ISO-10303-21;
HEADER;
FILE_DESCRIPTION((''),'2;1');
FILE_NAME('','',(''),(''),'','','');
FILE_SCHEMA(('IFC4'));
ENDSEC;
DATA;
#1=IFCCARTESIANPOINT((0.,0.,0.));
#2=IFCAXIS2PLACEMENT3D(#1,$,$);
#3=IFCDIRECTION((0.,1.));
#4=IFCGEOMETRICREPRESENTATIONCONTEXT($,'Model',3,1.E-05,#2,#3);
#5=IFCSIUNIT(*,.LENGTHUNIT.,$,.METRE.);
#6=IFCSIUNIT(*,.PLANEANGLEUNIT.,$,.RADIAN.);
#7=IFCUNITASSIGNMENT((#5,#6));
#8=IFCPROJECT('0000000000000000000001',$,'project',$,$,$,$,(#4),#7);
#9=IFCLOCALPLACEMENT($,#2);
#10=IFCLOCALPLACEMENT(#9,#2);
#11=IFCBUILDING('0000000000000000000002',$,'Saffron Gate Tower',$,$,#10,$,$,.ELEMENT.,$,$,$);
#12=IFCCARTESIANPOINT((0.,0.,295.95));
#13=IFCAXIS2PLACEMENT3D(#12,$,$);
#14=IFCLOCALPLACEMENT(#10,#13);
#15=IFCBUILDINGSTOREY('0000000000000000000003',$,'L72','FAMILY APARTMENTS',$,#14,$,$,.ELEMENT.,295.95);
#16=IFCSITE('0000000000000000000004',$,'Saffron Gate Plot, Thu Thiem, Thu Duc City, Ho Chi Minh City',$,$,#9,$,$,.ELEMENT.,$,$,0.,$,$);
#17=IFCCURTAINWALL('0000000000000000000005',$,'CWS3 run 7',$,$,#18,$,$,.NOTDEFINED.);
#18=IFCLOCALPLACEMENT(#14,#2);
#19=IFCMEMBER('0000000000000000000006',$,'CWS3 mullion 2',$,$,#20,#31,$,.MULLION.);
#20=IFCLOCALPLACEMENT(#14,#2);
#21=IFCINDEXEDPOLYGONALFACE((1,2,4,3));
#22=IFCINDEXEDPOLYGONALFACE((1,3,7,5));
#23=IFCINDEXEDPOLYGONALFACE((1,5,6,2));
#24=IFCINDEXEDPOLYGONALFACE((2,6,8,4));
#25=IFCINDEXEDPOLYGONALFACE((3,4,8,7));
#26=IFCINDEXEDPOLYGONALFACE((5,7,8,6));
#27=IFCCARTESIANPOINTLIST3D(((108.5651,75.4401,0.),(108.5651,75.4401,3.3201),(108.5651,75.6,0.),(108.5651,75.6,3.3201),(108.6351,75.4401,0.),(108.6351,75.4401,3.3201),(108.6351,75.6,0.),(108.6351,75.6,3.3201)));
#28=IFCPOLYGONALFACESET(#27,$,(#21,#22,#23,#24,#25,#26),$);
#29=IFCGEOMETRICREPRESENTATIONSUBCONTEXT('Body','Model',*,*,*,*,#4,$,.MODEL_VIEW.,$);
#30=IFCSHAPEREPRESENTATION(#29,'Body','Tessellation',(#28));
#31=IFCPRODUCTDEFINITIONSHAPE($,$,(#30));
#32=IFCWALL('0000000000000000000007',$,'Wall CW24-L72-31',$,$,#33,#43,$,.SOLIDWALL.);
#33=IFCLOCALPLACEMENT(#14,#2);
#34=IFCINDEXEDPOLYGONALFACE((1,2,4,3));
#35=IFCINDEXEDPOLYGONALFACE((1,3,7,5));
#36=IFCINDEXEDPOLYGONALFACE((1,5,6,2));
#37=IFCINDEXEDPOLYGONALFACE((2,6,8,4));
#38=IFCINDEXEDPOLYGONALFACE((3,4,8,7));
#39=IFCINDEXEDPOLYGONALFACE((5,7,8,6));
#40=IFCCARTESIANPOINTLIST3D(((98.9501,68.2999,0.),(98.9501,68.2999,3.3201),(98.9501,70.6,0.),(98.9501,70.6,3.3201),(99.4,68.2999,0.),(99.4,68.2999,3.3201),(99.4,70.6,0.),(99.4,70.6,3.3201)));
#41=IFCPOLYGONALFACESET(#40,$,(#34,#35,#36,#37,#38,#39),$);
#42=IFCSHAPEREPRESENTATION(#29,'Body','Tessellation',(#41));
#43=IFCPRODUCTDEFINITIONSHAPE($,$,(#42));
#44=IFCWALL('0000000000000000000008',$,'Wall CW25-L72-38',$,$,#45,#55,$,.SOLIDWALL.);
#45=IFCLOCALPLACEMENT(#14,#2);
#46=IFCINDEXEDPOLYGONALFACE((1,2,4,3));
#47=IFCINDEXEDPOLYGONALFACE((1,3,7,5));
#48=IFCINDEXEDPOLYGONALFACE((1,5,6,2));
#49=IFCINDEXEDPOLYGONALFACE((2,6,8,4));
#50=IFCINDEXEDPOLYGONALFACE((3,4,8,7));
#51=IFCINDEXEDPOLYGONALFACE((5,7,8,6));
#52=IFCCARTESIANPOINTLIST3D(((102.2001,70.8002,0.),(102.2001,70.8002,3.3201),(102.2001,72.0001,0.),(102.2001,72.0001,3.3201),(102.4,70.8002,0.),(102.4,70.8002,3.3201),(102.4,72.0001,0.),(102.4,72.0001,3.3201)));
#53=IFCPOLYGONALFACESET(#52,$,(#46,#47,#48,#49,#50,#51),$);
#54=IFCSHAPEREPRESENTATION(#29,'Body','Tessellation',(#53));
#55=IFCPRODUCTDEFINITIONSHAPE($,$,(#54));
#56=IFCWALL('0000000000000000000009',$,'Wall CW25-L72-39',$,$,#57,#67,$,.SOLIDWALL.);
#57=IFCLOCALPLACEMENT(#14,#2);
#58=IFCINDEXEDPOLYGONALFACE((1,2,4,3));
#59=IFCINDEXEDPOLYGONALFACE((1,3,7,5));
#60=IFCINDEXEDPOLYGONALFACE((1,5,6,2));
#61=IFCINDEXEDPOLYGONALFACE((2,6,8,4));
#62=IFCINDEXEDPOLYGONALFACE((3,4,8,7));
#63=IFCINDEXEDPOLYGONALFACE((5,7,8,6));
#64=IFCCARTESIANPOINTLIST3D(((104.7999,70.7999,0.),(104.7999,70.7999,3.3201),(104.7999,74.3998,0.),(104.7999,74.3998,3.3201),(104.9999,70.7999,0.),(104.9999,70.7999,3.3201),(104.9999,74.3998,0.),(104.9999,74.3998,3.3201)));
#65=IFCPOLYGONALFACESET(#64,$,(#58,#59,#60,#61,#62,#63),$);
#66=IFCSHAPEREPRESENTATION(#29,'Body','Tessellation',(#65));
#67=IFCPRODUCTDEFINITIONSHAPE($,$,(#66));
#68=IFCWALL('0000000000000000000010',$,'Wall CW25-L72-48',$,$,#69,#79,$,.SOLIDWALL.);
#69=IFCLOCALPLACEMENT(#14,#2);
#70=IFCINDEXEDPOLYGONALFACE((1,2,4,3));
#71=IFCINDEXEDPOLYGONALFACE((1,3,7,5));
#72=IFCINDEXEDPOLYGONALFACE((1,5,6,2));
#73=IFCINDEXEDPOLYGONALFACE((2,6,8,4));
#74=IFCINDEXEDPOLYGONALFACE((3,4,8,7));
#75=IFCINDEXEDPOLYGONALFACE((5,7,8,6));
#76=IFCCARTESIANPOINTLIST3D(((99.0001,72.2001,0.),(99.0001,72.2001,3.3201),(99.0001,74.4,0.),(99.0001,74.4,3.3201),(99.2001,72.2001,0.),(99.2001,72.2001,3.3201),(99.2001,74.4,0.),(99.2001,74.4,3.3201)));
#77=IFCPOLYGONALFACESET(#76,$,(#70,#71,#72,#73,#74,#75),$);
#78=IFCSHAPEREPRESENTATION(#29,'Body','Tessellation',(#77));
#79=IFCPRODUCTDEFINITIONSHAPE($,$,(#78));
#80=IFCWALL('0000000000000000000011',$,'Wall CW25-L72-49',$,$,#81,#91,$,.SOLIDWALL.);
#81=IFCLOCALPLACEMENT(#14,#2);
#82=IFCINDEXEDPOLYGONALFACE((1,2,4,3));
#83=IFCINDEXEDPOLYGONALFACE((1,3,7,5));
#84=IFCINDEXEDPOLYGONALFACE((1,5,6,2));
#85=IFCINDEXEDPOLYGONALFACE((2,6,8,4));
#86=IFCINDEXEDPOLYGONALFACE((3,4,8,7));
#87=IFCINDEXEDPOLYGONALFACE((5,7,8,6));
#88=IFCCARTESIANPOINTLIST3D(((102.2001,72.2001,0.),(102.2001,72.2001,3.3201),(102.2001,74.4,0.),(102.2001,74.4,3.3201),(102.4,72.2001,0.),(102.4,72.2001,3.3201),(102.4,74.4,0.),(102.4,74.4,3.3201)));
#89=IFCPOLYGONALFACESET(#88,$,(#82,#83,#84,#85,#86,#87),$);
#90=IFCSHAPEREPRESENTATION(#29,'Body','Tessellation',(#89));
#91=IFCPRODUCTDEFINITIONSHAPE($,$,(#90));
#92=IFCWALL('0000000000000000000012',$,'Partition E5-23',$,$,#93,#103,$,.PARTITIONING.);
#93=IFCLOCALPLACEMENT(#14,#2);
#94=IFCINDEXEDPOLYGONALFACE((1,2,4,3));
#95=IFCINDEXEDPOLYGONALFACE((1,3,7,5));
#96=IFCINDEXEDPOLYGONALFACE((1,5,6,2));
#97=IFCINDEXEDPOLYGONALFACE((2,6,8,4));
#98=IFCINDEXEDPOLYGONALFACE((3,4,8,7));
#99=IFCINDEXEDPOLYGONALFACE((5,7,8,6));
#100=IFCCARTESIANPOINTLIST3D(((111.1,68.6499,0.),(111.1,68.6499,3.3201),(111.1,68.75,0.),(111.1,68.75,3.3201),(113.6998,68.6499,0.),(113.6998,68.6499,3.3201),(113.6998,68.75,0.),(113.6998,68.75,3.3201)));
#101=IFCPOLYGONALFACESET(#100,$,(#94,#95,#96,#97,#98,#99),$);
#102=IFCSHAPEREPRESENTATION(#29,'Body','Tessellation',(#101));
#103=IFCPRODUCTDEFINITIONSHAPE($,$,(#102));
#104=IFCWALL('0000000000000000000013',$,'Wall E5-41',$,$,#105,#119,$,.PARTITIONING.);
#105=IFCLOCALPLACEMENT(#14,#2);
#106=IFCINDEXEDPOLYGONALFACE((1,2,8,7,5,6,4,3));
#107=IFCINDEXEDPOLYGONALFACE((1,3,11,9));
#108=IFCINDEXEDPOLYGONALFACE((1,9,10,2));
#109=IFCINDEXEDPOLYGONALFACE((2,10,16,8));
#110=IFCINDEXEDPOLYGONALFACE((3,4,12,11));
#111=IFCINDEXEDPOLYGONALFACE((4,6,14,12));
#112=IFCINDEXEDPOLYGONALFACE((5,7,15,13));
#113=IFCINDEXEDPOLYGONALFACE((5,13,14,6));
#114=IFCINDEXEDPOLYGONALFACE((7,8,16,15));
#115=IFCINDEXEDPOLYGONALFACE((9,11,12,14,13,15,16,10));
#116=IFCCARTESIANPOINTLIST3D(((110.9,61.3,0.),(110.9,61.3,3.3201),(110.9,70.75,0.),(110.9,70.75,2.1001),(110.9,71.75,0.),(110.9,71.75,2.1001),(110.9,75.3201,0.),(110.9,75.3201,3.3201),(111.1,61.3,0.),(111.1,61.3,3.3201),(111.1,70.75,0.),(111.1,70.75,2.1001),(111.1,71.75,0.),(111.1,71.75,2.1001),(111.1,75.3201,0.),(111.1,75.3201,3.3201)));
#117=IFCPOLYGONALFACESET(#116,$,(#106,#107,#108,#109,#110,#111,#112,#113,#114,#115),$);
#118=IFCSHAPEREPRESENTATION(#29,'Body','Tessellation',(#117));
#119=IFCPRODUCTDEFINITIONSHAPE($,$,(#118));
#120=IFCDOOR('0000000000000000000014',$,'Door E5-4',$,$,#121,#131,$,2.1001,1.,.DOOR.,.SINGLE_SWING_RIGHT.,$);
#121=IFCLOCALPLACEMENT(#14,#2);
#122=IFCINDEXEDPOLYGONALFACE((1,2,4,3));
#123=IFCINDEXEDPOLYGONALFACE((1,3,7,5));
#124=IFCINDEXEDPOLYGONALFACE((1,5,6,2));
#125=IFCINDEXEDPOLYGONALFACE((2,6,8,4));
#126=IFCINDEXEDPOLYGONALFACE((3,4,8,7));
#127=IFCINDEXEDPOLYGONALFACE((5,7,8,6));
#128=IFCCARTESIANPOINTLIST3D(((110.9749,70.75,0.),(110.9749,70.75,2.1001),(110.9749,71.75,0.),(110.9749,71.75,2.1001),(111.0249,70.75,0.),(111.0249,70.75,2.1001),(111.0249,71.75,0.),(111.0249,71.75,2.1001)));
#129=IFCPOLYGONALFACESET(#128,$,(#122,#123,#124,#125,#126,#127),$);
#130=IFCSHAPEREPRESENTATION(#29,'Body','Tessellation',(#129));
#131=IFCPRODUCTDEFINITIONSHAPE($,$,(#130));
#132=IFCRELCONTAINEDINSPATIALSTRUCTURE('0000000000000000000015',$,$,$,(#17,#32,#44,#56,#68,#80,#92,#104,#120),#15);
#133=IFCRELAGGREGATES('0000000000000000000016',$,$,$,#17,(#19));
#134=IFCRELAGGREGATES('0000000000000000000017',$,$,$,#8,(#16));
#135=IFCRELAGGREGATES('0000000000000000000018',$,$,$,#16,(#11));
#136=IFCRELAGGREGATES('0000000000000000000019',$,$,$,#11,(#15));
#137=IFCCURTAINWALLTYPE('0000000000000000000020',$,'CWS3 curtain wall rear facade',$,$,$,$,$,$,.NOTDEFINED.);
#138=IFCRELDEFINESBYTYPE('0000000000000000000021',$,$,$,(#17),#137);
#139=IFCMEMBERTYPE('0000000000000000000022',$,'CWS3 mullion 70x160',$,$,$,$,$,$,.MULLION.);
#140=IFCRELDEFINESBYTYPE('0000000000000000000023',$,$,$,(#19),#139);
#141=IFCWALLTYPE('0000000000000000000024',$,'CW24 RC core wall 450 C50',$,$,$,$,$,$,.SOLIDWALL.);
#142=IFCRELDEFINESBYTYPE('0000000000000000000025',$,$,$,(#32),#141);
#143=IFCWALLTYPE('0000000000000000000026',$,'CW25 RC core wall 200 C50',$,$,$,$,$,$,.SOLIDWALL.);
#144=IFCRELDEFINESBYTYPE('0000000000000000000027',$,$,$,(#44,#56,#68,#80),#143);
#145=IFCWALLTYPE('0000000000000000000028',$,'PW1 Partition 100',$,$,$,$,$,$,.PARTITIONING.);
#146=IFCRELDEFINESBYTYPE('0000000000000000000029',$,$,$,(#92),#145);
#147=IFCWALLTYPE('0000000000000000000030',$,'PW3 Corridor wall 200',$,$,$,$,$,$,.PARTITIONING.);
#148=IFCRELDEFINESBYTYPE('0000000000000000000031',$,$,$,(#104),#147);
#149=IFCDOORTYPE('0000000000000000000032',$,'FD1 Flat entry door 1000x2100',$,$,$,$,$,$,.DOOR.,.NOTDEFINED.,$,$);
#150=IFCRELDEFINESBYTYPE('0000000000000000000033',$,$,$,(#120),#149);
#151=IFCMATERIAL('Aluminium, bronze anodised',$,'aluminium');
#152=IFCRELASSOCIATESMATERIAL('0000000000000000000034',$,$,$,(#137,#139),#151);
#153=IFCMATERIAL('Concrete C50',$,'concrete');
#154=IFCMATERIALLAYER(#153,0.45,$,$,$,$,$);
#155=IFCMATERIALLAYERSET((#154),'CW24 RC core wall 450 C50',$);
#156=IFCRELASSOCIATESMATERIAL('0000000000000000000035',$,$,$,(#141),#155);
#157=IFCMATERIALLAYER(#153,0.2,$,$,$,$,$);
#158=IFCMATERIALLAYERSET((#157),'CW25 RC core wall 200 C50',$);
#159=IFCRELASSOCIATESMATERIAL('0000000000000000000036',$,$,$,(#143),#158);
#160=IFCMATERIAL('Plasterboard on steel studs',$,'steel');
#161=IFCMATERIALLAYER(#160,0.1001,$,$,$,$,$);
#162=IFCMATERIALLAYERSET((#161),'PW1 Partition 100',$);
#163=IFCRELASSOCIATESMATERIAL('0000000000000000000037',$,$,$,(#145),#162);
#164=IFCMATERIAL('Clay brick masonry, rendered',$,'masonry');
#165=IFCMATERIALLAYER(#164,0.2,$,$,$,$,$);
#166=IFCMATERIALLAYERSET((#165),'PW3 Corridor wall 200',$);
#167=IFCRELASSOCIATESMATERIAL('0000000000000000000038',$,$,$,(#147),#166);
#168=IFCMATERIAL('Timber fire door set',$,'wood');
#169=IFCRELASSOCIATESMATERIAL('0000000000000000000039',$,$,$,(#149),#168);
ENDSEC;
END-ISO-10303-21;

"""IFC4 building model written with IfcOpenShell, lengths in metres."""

from ifc_helpers import new_model, si_unit, direction, frame, frame_2d, origin, origin_2d, place, context, subcontext, project, spatial, rectangle, extrude, material, layer, layer_set, material_profile, profile_set, type_object, element, fill, aggregate, save


model = new_model("IFC4")

# Units and contexts
model_context = context("Model", 3, precision=1e-05, world=origin(), true_north=direction((0.0, 1.0)))
body_context = subcontext(model_context, "Body", "Model", "MODEL_VIEW")
ifc_project = project(units=[si_unit("LENGTHUNIT", "METRE"), si_unit("PLANEANGLEUNIT", "RADIAN")], contexts=[model_context])

# Site, building, storey
site_placement = place(None, origin())
site = spatial("IfcSite", under=ifc_project, at=site_placement, Name="Saffron Gate Plot, Thu Thiem, Thu Duc City, Ho Chi Minh City", CompositionType="ELEMENT", RefElevation=0.0)
building_placement = place(site_placement, origin())
building = spatial("IfcBuilding", under=site, at=building_placement, Name="Saffron Gate Tower", CompositionType="ELEMENT")
storey_placement = place(building_placement, frame((0.0, 0.0, 295.95)))
storey = spatial("IfcBuildingStorey", under=building, at=storey_placement, Name="L72", Description="FAMILY APARTMENTS", CompositionType="ELEMENT", Elevation=295.95)

# Curtain wall, member
ifc_material_1 = material(Name="Aluminium, bronze anodised", Category="aluminium")
curtain_wall_type = type_object("IfcCurtainWallType", Name="CWS3 curtain wall rear facade", PredefinedType="NOTDEFINED", material=ifc_material_1)
curtain_wall_placement = place(storey_placement, origin())
curtain_wall = element("IfcCurtainWall", 1, at=curtain_wall_placement, inside=storey, type_object=curtain_wall_type, Name="CWS3 run 7", PredefinedType="NOTDEFINED")
ifc_material_profile = material_profile(ifc_material_1, rectangle(XDim=0.1599, YDim=0.0701, at=origin_2d()))
ifc_profile_set = profile_set([ifc_material_profile], Name="Aluminium, bronze anodised")
member_type = type_object("IfcMemberType", Name="CWS3 mullion 70x160", PredefinedType="MULLION", material=ifc_profile_set)
member_placement = place(storey_placement, frame((108.6001, 75.52, 0.0), z_axis=(0.0, 0.0, 1.0), x_axis=(0.0, -1.0, 0.0)))
member = element("IfcMember", 2, at=member_placement, type_object=member_type, Name="CWS3 mullion 2", PredefinedType="MULLION", context=body_context, shape_type="SweptSolid", body=[
    extrude(rectangle(XDim=0.1599, YDim=0.0701, at=origin_2d()), origin(), (0.0, 0.0, 1.0), 3.3201),
])
aggregate(curtain_wall, [member])

# Walls
ifc_material_2 = material(Name="Concrete C50", Category="concrete")
ifc_layer_1 = layer(ifc_material_2, 0.45)
ifc_layer_set_1 = layer_set([ifc_layer_1], Name="CW24 RC core wall 450 C50")
wall_type_1 = type_object("IfcWallType", Name="CW24 RC core wall 450 C50", PredefinedType="SOLIDWALL", material=ifc_layer_set_1)
wall_1_placement = place(storey_placement, frame((99.175, 68.3, 0.0), z_axis=(0.0, 0.0, 1.0), x_axis=(0.0, 1.0, 0.0)))
element("IfcWall", 3, at=wall_1_placement, inside=storey, type_object=wall_type_1, Name="Wall CW24-L72-31", PredefinedType="SOLIDWALL", context=body_context, shape_type="SweptSolid", body=[
    extrude(rectangle(XDim=2.3, YDim=0.45, at=frame_2d((1.1499, 0.0))), origin(), (0.0, 0.0, 1.0), 3.3201),
])
ifc_layer_2 = layer(ifc_material_2, 0.2)
ifc_layer_set_2 = layer_set([ifc_layer_2], Name="CW25 RC core wall 200 C50")
wall_type_2 = type_object("IfcWallType", Name="CW25 RC core wall 200 C50", PredefinedType="SOLIDWALL", material=ifc_layer_set_2)
wall_2_placement = place(storey_placement, frame((102.3, 70.8, 0.0), z_axis=(0.0, 0.0, 1.0), x_axis=(0.0, 1.0, 0.0)))
element("IfcWall", 4, at=wall_2_placement, inside=storey, type_object=wall_type_2, Name="Wall CW25-L72-38", PredefinedType="SOLIDWALL", context=body_context, shape_type="SweptSolid", body=[
    extrude(rectangle(XDim=1.2, YDim=0.2, at=frame_2d((0.6001, 0.0))), origin(), (0.0, 0.0, 1.0), 3.3201),
])
wall_3_placement = place(storey_placement, frame((104.8999, 70.8, 0.0), z_axis=(0.0, 0.0, 1.0), x_axis=(0.0, 1.0, 0.0)))
element("IfcWall", 5, at=wall_3_placement, inside=storey, type_object=wall_type_2, Name="Wall CW25-L72-39", PredefinedType="SOLIDWALL", context=body_context, shape_type="SweptSolid", body=[
    extrude(rectangle(XDim=3.5999, YDim=0.2, at=frame_2d((1.7998, 0.0))), origin(), (0.0, 0.0, 1.0), 3.3201),
])
for number, where, z_axis, x_axis, name in (
    (6, (99.1001, 72.2, 0.0), (0.0, 0.0, 1.0), (0.0, 1.0, 0.0), "Wall CW25-L72-48"),
    (7, (102.3, 72.2, 0.0), (0.0, 0.0, 1.0), (0.0, 1.0, 0.0), "Wall CW25-L72-49"),
):
    element("IfcWall", number, at=place(storey_placement, frame(where, z_axis=z_axis, x_axis=x_axis)), inside=storey, type_object=wall_type_2, Name=name, PredefinedType="SOLIDWALL", context=body_context, shape_type="SweptSolid", body=[
        extrude(rectangle(XDim=2.2, YDim=0.2, at=frame_2d((1.1001, 0.0))), origin(), (0.0, 0.0, 1.0), 3.3201),
    ])
ifc_material_3 = material(Name="Plasterboard on steel studs", Category="steel")
ifc_layer_3 = layer(ifc_material_3, 0.1001)
ifc_layer_set_3 = layer_set([ifc_layer_3], Name="PW1 Partition 100")
wall_type_3 = type_object("IfcWallType", Name="PW1 Partition 100", PredefinedType="PARTITIONING", material=ifc_layer_set_3)
wall_4_placement = place(storey_placement, frame((111.1001, 68.7, 0.0), z_axis=(0.0, 0.0, 1.0), x_axis=(1.0, 0.0, 0.0)))
element("IfcWall", 8, at=wall_4_placement, inside=storey, type_object=wall_type_3, Name="Partition E5-23", PredefinedType="PARTITIONING", context=body_context, shape_type="SweptSolid", body=[
    extrude(rectangle(XDim=2.5999, YDim=0.1001, at=frame_2d((1.2998, 0.0))), origin(), (0.0, 0.0, 1.0), 3.3201),
])

# Wall, opening, door
ifc_material_4 = material(Name="Clay brick masonry, rendered", Category="masonry")
ifc_layer_4 = layer(ifc_material_4, 0.2)
ifc_layer_set_4 = layer_set([ifc_layer_4], Name="PW3 Corridor wall 200")
wall_type_4 = type_object("IfcWallType", Name="PW3 Corridor wall 200", PredefinedType="PARTITIONING", material=ifc_layer_set_4)
wall_5_placement = place(storey_placement, frame((111.0, 75.3201, 0.0), z_axis=(0.0, 0.0, 1.0), x_axis=(0.0, -1.0, 0.0)))
wall_5 = element("IfcWall", 9, at=wall_5_placement, inside=storey, type_object=wall_type_4, Name="Wall E5-41", PredefinedType="PARTITIONING", context=body_context, shape_type="SweptSolid", body=[
    extrude(rectangle(XDim=14.02, YDim=0.2, at=frame_2d((7.01, 0.0))), origin(), (0.0, 0.0, 1.0), 3.3201),
])
opening_placement = place(wall_5_placement, frame((3.5701, 0.0, 0.0)))
opening = element("IfcOpeningElement", 10, at=opening_placement, cuts=wall_5, PredefinedType="OPENING", context=body_context, shape_type="SweptSolid", body=[
    extrude(rectangle(XDim=1.0, YDim=2.1001, at=frame_2d((0.5, 1.05))), frame((0.0, 0.1099, 0.0), z_axis=(0.0, -1.0, 0.0), x_axis=(1.0, 0.0, 0.0)), (0.0, 0.0, 1.0), 0.22),
])
ifc_material_5 = material(Name="Timber fire door set", Category="wood")
door_type = type_object("IfcDoorType", Name="FD1 Flat entry door 1000x2100", OperationType="NOTDEFINED", PredefinedType="DOOR", material=ifc_material_5)
door_placement = place(opening_placement, origin())
door = element("IfcDoor", 11, at=door_placement, inside=storey, type_object=door_type, Name="Door E5-4", OperationType="SINGLE_SWING_RIGHT", OverallHeight=2.1001, OverallWidth=1.0, PredefinedType="DOOR", context=body_context, shape_type="SweptSolid", body=[
    extrude(rectangle(XDim=1.0, YDim=2.1001, at=frame_2d((0.5, 1.05))), frame((0.0, 0.0249, 0.0), z_axis=(0.0, -1.0, 0.0), x_axis=(1.0, 0.0, 0.0)), (0.0, 0.0, 1.0), 0.05),
])
fill(opening, door)

save(model, "model.ifc")
